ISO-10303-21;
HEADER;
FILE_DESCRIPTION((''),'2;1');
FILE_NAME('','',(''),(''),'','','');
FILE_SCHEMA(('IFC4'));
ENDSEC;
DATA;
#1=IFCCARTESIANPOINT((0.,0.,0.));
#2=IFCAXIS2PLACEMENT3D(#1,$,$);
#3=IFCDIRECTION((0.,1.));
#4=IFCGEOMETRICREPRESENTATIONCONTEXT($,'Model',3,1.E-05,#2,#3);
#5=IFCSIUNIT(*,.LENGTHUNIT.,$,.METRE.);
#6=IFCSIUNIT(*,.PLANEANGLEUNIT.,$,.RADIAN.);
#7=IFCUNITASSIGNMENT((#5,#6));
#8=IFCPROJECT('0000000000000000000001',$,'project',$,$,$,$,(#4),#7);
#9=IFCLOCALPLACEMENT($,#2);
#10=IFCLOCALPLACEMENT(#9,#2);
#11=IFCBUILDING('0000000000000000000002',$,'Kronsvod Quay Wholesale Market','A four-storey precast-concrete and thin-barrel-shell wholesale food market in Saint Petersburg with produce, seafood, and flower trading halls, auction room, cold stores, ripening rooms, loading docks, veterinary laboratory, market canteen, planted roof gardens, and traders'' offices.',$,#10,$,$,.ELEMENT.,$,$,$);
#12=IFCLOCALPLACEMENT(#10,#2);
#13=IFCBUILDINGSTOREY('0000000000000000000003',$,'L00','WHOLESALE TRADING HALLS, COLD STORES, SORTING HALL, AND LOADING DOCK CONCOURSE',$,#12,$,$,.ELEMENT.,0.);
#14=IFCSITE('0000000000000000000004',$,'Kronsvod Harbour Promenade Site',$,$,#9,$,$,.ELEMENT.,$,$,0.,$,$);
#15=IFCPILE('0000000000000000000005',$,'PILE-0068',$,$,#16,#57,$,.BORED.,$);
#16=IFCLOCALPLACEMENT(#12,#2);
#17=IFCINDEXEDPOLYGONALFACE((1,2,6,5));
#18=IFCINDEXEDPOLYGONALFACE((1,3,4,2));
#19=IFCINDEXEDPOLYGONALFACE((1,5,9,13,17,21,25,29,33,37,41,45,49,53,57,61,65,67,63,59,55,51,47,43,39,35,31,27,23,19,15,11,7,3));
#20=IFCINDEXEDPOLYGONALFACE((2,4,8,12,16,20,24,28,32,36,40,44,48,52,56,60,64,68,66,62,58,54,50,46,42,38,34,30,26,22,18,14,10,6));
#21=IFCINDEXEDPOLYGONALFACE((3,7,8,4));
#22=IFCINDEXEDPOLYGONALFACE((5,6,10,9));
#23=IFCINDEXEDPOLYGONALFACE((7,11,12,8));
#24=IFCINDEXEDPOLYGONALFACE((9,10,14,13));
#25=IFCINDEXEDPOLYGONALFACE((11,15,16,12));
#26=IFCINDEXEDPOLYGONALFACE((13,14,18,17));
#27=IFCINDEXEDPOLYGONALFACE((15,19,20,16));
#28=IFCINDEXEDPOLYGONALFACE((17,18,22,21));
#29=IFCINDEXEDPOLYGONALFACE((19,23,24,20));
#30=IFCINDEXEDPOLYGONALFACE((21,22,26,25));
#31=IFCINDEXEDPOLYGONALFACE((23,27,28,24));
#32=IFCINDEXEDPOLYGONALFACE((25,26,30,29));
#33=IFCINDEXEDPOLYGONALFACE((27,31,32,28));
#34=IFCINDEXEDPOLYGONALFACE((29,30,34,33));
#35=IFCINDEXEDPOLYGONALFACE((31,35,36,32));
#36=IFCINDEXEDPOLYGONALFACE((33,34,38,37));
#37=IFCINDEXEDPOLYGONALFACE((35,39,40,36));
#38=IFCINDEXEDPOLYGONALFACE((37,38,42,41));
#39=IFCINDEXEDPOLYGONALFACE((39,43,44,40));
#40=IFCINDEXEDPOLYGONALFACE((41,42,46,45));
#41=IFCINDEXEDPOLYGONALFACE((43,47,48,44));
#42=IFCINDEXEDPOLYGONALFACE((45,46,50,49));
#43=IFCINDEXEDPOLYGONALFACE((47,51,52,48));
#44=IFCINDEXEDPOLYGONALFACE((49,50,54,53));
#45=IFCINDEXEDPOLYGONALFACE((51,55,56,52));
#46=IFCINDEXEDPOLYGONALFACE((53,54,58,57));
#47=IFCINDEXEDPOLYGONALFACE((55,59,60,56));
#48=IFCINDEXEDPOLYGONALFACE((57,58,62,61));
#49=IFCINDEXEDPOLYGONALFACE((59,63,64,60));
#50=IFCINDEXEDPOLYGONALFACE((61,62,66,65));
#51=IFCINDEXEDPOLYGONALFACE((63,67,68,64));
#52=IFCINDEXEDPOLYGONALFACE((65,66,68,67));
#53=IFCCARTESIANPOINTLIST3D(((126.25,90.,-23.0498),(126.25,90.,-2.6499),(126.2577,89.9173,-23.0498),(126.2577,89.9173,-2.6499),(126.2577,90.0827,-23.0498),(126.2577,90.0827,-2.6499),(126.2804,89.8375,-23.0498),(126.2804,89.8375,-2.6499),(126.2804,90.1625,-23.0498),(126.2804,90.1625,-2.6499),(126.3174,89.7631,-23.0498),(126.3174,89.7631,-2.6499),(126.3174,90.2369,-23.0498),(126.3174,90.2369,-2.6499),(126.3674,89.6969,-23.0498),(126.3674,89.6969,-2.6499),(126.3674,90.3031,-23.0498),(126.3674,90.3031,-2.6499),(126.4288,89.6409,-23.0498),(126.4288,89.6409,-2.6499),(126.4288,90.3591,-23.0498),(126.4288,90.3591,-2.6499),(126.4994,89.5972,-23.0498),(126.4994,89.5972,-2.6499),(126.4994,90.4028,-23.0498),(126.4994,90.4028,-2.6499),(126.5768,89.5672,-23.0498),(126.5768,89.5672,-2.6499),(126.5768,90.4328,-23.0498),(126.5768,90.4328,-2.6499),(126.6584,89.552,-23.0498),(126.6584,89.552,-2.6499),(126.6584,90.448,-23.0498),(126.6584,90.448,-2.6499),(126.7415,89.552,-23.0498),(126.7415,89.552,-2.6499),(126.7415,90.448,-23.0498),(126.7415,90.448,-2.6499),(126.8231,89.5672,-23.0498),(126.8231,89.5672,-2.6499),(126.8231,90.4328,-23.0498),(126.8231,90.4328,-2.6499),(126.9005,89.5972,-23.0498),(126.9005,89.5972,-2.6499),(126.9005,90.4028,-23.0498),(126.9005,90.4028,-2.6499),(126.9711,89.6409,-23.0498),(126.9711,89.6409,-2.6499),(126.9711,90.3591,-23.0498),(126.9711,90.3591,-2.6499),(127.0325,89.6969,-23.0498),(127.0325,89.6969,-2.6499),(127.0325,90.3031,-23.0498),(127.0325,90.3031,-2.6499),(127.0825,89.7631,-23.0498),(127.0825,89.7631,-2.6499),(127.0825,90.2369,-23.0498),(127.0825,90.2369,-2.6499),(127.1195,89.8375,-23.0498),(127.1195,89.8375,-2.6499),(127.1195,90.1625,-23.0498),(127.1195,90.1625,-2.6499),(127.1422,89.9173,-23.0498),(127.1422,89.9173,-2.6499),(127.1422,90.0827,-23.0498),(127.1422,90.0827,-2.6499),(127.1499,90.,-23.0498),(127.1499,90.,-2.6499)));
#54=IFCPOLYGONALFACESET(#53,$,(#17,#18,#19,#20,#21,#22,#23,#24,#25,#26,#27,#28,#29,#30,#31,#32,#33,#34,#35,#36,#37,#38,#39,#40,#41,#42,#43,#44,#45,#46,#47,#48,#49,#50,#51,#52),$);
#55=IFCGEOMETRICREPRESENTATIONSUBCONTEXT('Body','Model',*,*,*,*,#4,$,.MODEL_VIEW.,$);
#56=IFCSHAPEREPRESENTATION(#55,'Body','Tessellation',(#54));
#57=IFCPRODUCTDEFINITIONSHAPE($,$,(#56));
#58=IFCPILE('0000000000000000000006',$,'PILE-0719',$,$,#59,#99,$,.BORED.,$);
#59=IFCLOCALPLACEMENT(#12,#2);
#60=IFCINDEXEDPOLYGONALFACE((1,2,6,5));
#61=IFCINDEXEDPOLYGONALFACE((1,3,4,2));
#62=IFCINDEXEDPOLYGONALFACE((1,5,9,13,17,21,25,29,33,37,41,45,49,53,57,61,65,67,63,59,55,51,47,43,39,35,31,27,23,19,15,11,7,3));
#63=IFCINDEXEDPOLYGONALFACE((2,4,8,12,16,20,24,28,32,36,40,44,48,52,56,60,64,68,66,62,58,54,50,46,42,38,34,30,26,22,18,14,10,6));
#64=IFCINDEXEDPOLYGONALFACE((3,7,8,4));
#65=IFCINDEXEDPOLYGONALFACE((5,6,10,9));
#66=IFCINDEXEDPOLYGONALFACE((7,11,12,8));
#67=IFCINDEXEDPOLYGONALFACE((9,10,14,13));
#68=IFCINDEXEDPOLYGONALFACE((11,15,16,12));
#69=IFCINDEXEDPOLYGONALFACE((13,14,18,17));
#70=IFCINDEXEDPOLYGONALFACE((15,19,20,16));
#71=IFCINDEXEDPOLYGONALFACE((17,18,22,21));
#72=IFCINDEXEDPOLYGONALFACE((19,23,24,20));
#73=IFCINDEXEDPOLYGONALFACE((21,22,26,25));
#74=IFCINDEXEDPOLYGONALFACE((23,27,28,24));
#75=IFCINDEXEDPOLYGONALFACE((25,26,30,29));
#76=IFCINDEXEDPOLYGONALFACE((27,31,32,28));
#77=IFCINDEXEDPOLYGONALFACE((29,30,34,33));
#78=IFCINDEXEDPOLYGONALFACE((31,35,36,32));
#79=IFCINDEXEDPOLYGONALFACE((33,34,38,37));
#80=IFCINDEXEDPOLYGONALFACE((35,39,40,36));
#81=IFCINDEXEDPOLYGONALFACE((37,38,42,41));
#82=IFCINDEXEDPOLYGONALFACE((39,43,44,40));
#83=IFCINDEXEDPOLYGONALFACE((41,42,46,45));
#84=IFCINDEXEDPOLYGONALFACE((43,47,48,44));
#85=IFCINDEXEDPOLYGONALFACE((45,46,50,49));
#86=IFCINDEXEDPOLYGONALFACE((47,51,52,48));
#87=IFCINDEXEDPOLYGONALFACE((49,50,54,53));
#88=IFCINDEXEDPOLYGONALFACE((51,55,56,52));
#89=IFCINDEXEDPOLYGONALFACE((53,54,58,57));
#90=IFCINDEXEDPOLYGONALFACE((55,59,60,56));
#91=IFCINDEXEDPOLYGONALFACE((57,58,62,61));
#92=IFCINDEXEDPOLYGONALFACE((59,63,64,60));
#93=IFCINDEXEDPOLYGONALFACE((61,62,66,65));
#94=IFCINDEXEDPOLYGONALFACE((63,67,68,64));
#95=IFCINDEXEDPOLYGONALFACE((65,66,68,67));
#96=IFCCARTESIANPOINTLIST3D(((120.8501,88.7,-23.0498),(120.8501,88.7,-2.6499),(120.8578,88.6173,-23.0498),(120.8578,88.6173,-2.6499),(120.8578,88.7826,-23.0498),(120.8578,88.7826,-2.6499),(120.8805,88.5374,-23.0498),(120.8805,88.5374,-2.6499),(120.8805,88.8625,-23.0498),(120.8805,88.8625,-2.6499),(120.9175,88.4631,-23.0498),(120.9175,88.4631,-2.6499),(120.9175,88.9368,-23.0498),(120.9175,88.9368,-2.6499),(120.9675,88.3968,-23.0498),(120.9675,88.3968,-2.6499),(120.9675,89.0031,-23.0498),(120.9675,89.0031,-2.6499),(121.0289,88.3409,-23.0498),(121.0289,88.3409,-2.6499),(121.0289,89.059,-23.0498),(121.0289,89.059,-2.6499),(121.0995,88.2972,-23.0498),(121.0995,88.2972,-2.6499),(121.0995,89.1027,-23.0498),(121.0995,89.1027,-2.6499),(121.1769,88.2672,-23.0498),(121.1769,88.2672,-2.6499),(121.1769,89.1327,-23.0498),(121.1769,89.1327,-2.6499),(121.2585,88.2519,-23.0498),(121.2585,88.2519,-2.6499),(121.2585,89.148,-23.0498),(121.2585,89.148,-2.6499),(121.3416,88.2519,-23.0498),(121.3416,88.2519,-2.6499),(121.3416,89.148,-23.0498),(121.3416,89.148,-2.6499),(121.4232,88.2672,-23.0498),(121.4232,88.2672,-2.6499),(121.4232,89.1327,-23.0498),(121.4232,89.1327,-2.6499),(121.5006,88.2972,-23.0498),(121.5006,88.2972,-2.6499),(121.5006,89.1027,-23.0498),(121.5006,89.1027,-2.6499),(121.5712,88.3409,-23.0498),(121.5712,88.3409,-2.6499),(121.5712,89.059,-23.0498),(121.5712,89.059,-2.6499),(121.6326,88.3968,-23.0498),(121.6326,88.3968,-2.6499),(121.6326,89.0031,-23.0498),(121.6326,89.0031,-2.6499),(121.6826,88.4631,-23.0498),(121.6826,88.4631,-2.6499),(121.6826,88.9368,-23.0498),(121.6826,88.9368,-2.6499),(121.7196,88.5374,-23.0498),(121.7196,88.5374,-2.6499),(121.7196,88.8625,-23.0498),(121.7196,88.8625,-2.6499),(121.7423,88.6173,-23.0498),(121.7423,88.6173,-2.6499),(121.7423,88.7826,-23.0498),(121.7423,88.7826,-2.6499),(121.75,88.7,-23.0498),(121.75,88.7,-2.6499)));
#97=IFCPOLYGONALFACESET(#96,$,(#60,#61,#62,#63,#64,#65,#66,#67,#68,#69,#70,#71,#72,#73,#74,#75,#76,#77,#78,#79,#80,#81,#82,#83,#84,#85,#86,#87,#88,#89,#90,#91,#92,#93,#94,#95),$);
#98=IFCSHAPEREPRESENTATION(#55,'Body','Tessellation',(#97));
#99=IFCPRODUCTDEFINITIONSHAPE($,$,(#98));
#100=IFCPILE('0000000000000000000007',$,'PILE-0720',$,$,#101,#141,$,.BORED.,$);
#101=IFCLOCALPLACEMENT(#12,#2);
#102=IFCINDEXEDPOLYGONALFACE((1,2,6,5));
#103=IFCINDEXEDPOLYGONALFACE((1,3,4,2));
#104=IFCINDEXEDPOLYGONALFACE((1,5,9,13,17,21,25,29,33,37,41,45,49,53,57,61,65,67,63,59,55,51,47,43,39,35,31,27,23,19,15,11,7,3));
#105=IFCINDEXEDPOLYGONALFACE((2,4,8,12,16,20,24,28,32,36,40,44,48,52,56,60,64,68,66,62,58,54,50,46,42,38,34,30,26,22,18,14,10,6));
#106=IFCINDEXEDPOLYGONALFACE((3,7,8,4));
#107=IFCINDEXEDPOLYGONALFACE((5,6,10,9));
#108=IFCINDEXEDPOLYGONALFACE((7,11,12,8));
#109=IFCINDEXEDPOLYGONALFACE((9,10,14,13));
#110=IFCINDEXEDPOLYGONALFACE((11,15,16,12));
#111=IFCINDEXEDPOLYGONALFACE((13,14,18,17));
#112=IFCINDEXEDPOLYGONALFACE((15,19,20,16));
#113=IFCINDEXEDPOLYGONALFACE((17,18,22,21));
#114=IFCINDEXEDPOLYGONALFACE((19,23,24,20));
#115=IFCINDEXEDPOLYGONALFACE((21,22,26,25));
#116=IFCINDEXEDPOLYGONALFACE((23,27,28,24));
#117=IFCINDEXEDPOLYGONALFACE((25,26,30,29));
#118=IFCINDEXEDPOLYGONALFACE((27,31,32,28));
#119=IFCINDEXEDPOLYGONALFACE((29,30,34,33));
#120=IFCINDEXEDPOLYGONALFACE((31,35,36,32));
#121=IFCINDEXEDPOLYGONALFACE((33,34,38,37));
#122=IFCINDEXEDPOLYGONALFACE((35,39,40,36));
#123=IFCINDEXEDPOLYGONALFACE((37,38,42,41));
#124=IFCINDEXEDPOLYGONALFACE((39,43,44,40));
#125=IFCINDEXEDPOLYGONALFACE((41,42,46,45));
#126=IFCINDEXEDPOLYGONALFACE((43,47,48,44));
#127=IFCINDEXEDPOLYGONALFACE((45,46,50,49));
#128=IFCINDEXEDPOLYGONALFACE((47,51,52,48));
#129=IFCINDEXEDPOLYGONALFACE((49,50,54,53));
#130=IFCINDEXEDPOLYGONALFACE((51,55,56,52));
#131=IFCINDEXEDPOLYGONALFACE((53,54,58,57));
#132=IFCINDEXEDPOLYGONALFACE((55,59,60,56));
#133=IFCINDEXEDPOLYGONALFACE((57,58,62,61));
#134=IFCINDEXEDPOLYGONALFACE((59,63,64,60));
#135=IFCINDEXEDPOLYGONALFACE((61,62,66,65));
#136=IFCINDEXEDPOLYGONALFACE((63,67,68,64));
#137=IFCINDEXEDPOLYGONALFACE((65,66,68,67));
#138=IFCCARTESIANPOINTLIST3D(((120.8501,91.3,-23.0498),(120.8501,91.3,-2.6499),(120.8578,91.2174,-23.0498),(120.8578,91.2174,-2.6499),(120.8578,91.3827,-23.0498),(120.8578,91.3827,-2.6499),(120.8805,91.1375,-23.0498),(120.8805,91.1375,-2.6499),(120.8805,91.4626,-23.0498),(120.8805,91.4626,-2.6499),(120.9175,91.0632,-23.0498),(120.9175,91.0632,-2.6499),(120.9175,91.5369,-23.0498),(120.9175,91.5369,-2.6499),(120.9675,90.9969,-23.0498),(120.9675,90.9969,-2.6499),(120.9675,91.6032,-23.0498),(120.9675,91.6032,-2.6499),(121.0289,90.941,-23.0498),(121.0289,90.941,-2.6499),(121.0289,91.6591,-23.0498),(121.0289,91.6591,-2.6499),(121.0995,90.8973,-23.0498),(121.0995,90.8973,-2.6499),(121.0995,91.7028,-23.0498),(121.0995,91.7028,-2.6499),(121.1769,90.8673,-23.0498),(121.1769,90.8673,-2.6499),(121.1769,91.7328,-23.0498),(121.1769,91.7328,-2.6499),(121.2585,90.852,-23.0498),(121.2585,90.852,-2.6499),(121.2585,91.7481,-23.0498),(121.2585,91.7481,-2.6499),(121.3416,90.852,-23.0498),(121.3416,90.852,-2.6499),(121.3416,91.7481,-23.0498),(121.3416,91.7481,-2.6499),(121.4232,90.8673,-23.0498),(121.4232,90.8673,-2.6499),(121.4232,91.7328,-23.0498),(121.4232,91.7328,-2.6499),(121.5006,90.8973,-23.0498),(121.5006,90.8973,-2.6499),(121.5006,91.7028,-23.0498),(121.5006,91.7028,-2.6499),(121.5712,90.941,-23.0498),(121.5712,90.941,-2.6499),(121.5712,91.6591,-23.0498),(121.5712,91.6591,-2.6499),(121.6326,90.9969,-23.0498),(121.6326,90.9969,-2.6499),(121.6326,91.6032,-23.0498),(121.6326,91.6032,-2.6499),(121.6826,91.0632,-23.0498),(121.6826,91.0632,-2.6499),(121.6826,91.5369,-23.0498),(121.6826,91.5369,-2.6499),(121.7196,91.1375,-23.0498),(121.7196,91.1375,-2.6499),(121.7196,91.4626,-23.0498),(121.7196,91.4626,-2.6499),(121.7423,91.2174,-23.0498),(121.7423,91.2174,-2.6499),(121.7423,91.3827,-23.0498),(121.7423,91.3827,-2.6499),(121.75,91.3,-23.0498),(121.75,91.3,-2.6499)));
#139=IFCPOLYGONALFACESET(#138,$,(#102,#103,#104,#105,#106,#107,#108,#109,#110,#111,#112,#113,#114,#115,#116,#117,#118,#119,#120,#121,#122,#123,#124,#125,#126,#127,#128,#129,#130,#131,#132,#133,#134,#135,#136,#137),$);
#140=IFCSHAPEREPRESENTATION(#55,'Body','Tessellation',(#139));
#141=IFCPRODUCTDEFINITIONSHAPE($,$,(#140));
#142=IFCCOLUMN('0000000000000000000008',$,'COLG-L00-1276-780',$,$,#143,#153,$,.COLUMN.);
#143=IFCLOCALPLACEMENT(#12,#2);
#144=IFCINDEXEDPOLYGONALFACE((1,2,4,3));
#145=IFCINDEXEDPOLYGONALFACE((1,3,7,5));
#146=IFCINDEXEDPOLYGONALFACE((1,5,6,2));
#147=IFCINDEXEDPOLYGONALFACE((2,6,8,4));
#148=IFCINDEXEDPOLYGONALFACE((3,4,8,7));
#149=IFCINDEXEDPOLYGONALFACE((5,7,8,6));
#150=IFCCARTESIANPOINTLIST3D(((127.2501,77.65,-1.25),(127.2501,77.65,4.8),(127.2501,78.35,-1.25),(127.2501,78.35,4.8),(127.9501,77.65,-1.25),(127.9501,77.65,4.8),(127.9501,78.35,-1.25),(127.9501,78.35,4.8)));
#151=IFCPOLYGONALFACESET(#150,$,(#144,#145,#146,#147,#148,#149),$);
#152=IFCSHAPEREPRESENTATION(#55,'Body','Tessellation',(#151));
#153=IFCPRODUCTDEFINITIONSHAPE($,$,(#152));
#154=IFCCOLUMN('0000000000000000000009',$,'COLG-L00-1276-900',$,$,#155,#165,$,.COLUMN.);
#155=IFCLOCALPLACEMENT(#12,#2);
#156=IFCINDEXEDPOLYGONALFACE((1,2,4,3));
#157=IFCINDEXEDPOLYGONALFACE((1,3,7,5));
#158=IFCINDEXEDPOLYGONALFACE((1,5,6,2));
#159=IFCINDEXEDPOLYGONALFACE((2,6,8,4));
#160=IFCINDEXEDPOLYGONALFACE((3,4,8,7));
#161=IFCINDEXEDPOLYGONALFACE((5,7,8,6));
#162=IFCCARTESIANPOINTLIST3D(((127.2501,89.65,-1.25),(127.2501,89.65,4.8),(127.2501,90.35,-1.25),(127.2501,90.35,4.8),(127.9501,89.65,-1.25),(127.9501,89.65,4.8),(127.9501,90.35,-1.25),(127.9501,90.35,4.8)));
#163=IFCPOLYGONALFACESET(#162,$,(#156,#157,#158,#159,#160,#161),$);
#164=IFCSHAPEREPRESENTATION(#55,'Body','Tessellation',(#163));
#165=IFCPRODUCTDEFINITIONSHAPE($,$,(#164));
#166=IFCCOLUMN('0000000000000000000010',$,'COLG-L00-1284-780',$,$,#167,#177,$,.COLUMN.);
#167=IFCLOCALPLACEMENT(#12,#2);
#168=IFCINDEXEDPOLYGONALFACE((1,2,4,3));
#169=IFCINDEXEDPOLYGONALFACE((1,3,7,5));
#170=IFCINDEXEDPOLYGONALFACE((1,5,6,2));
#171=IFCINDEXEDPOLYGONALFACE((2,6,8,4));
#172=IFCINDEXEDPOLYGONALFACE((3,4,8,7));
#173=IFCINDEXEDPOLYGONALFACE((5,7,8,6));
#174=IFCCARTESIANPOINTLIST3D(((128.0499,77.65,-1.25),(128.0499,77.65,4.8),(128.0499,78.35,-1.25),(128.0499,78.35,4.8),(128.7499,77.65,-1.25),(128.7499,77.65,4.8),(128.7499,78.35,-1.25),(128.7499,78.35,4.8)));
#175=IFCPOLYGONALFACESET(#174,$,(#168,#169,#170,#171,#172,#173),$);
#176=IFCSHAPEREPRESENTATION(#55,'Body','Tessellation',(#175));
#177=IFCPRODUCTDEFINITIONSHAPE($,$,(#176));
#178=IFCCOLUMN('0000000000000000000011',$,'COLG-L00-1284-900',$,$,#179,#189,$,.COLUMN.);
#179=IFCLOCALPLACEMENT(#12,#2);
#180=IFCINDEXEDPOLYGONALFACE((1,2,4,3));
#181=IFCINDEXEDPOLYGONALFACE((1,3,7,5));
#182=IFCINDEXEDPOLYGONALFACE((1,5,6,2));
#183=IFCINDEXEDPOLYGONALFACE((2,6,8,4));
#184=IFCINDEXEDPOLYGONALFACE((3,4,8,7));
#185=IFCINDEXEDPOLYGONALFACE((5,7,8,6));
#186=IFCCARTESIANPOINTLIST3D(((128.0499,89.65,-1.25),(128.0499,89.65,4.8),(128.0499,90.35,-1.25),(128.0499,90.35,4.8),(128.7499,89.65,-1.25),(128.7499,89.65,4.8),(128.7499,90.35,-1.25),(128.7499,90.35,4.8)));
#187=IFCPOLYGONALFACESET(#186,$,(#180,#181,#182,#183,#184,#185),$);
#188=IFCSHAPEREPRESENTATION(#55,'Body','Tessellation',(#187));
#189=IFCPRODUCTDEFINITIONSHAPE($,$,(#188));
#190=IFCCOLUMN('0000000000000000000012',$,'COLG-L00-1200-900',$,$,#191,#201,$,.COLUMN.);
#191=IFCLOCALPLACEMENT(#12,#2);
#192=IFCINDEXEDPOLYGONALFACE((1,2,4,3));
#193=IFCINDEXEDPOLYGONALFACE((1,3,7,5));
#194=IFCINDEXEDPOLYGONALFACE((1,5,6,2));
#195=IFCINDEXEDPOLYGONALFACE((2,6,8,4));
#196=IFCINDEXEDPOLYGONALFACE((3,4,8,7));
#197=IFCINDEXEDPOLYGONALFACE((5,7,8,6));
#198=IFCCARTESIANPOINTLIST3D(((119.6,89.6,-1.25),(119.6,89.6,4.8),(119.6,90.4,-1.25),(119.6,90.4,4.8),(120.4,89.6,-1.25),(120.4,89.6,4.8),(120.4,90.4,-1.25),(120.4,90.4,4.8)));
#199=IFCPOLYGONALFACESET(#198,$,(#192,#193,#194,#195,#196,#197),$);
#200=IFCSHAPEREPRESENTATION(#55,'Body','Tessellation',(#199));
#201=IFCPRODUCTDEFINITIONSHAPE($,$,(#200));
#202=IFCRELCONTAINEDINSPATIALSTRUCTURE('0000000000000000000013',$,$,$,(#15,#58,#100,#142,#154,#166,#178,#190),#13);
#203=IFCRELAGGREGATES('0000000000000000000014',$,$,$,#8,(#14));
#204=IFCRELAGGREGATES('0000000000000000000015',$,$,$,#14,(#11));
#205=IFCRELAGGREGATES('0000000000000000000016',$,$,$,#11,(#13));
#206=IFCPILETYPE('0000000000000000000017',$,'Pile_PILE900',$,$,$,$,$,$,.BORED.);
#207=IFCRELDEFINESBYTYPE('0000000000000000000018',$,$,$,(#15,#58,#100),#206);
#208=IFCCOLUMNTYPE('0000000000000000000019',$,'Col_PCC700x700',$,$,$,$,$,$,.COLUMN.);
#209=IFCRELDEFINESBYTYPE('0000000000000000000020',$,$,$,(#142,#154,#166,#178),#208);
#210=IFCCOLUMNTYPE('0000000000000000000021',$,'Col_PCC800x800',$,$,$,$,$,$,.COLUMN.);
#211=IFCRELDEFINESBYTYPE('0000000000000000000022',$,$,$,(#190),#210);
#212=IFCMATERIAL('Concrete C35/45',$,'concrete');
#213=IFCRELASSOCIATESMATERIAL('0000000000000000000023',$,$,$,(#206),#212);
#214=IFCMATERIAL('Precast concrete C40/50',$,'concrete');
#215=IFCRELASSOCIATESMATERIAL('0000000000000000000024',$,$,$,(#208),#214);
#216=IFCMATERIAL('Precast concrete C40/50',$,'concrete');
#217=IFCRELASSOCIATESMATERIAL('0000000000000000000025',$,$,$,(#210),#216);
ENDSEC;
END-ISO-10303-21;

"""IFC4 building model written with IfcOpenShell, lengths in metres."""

from ifc_helpers import new_model, si_unit, direction, frame, origin, origin_2d, place, context, subcontext, project, spatial, rectangle, circle, extrude, material, material_profile, profile_set, type_object, element, save


model = new_model("IFC4")

# Units and contexts
model_context = context("Model", 3, precision=1e-05, world=origin(), true_north=direction((0.0, 1.0)))
body_context = subcontext(model_context, "Body", "Model", "MODEL_VIEW")
ifc_project = project(units=[si_unit("LENGTHUNIT", "METRE"), si_unit("PLANEANGLEUNIT", "RADIAN")], contexts=[model_context])

# Site, building, storey
site_placement = place(None, origin())
site = spatial("IfcSite", under=ifc_project, at=site_placement, Name="Kronsvod Harbour Promenade Site", CompositionType="ELEMENT", RefElevation=0.0)
building_placement = place(site_placement, origin())
building = spatial("IfcBuilding", under=site, at=building_placement, Name="Kronsvod Quay Wholesale Market", Description="A four-storey precast-concrete and thin-barrel-shell wholesale food market in Saint Petersburg with produce, seafood, and flower trading halls, auction room, cold stores, ripening rooms, loading docks, veterinary laboratory, market canteen, planted roof gardens, and traders' offices.", CompositionType="ELEMENT")
storey_placement = place(building_placement, origin())
storey = spatial("IfcBuildingStorey", under=building, at=storey_placement, Name="L00", Description="WHOLESALE TRADING HALLS, COLD STORES, SORTING HALL, AND LOADING DOCK CONCOURSE", CompositionType="ELEMENT", Elevation=0.0)

# Piles
ifc_material_1 = material(Name="Concrete C35/45", Category="concrete")
ifc_material_profile_1 = material_profile(ifc_material_1, circle(Radius=0.45, at=origin_2d()), Name="PILE900")
ifc_profile_set_1 = profile_set([ifc_material_profile_1], Name="Concrete C35/45")
pile_type_1 = type_object("IfcPileType", Name="Pile_PILE900", PredefinedType="BORED", material=ifc_profile_set_1)
for number, where, z_axis, x_axis, name in (
    (1, (126.7, 90.0, -2.6499), (0.0, 0.0, -1.0), (1.0, 0.0, 0.0), "PILE-0068"),
    (2, (121.3, 88.7, -2.6499), (0.0, 0.0, -1.0), (1.0, 0.0, 0.0), "PILE-0719"),
    (3, (121.3, 91.3, -2.6499), (0.0, 0.0, -1.0), (1.0, 0.0, 0.0), "PILE-0720"),
):
    element("IfcPile", number, at=place(storey_placement, frame(where, z_axis=z_axis, x_axis=x_axis)), inside=storey, type_object=pile_type_1, Name=name, PredefinedType="BORED", context=body_context, shape_type="SweptSolid", body=[
        extrude(circle(Radius=0.45, at=origin_2d()), origin(), (0.0, 0.0, 1.0), 20.3999),
    ])

# Columns
ifc_material_2 = material(Name="Precast concrete C40/50", Category="concrete")
ifc_material_profile_2 = material_profile(ifc_material_2, rectangle(XDim=0.7, YDim=0.7, at=origin_2d()), Name="PCC700x700")
ifc_profile_set_2 = profile_set([ifc_material_profile_2], Name="Precast concrete C40/50")
column_type_1 = type_object("IfcColumnType", Name="Col_PCC700x700", PredefinedType="COLUMN", material=ifc_profile_set_2)
for number, where, z_axis, x_axis, name in (
    (4, (127.6001, 78.0, -1.25), (0.0, 0.0, 1.0), (1.0, 0.0, 0.0), "COLG-L00-1276-780"),
    (5, (127.6001, 90.0, -1.25), (0.0, 0.0, 1.0), (1.0, 0.0, 0.0), "COLG-L00-1276-900"),
    (6, (128.3999, 78.0, -1.25), (0.0, 0.0, 1.0), (1.0, 0.0, 0.0), "COLG-L00-1284-780"),
    (7, (128.3999, 90.0, -1.25), (0.0, 0.0, 1.0), (1.0, 0.0, 0.0), "COLG-L00-1284-900"),
):
    element("IfcColumn", number, at=place(storey_placement, frame(where, z_axis=z_axis, x_axis=x_axis)), inside=storey, type_object=column_type_1, Name=name, PredefinedType="COLUMN", context=body_context, shape_type="SweptSolid", body=[
        extrude(rectangle(XDim=0.7, YDim=0.7, at=origin_2d()), origin(), (0.0, 0.0, 1.0), 6.05),
    ])
ifc_material_3 = material(Name="Precast concrete C40/50", Category="concrete")
ifc_material_profile_3 = material_profile(ifc_material_3, rectangle(XDim=0.8, YDim=0.8, at=origin_2d()), Name="PCC800x800")
ifc_profile_set_3 = profile_set([ifc_material_profile_3], Name="Precast concrete C40/50")
column_type_2 = type_object("IfcColumnType", Name="Col_PCC800x800", PredefinedType="COLUMN", material=ifc_profile_set_3)
column_placement = place(storey_placement, frame((120.0, 90.0, -1.25), z_axis=(0.0, 0.0, 1.0), x_axis=(1.0, 0.0, 0.0)))
element("IfcColumn", 8, at=column_placement, inside=storey, type_object=column_type_2, Name="COLG-L00-1200-900", PredefinedType="COLUMN", context=body_context, shape_type="SweptSolid", body=[
    extrude(rectangle(XDim=0.8, YDim=0.8, at=origin_2d()), origin(), (0.0, 0.0, 1.0), 6.05),
])

save(model, "model.ifc")
